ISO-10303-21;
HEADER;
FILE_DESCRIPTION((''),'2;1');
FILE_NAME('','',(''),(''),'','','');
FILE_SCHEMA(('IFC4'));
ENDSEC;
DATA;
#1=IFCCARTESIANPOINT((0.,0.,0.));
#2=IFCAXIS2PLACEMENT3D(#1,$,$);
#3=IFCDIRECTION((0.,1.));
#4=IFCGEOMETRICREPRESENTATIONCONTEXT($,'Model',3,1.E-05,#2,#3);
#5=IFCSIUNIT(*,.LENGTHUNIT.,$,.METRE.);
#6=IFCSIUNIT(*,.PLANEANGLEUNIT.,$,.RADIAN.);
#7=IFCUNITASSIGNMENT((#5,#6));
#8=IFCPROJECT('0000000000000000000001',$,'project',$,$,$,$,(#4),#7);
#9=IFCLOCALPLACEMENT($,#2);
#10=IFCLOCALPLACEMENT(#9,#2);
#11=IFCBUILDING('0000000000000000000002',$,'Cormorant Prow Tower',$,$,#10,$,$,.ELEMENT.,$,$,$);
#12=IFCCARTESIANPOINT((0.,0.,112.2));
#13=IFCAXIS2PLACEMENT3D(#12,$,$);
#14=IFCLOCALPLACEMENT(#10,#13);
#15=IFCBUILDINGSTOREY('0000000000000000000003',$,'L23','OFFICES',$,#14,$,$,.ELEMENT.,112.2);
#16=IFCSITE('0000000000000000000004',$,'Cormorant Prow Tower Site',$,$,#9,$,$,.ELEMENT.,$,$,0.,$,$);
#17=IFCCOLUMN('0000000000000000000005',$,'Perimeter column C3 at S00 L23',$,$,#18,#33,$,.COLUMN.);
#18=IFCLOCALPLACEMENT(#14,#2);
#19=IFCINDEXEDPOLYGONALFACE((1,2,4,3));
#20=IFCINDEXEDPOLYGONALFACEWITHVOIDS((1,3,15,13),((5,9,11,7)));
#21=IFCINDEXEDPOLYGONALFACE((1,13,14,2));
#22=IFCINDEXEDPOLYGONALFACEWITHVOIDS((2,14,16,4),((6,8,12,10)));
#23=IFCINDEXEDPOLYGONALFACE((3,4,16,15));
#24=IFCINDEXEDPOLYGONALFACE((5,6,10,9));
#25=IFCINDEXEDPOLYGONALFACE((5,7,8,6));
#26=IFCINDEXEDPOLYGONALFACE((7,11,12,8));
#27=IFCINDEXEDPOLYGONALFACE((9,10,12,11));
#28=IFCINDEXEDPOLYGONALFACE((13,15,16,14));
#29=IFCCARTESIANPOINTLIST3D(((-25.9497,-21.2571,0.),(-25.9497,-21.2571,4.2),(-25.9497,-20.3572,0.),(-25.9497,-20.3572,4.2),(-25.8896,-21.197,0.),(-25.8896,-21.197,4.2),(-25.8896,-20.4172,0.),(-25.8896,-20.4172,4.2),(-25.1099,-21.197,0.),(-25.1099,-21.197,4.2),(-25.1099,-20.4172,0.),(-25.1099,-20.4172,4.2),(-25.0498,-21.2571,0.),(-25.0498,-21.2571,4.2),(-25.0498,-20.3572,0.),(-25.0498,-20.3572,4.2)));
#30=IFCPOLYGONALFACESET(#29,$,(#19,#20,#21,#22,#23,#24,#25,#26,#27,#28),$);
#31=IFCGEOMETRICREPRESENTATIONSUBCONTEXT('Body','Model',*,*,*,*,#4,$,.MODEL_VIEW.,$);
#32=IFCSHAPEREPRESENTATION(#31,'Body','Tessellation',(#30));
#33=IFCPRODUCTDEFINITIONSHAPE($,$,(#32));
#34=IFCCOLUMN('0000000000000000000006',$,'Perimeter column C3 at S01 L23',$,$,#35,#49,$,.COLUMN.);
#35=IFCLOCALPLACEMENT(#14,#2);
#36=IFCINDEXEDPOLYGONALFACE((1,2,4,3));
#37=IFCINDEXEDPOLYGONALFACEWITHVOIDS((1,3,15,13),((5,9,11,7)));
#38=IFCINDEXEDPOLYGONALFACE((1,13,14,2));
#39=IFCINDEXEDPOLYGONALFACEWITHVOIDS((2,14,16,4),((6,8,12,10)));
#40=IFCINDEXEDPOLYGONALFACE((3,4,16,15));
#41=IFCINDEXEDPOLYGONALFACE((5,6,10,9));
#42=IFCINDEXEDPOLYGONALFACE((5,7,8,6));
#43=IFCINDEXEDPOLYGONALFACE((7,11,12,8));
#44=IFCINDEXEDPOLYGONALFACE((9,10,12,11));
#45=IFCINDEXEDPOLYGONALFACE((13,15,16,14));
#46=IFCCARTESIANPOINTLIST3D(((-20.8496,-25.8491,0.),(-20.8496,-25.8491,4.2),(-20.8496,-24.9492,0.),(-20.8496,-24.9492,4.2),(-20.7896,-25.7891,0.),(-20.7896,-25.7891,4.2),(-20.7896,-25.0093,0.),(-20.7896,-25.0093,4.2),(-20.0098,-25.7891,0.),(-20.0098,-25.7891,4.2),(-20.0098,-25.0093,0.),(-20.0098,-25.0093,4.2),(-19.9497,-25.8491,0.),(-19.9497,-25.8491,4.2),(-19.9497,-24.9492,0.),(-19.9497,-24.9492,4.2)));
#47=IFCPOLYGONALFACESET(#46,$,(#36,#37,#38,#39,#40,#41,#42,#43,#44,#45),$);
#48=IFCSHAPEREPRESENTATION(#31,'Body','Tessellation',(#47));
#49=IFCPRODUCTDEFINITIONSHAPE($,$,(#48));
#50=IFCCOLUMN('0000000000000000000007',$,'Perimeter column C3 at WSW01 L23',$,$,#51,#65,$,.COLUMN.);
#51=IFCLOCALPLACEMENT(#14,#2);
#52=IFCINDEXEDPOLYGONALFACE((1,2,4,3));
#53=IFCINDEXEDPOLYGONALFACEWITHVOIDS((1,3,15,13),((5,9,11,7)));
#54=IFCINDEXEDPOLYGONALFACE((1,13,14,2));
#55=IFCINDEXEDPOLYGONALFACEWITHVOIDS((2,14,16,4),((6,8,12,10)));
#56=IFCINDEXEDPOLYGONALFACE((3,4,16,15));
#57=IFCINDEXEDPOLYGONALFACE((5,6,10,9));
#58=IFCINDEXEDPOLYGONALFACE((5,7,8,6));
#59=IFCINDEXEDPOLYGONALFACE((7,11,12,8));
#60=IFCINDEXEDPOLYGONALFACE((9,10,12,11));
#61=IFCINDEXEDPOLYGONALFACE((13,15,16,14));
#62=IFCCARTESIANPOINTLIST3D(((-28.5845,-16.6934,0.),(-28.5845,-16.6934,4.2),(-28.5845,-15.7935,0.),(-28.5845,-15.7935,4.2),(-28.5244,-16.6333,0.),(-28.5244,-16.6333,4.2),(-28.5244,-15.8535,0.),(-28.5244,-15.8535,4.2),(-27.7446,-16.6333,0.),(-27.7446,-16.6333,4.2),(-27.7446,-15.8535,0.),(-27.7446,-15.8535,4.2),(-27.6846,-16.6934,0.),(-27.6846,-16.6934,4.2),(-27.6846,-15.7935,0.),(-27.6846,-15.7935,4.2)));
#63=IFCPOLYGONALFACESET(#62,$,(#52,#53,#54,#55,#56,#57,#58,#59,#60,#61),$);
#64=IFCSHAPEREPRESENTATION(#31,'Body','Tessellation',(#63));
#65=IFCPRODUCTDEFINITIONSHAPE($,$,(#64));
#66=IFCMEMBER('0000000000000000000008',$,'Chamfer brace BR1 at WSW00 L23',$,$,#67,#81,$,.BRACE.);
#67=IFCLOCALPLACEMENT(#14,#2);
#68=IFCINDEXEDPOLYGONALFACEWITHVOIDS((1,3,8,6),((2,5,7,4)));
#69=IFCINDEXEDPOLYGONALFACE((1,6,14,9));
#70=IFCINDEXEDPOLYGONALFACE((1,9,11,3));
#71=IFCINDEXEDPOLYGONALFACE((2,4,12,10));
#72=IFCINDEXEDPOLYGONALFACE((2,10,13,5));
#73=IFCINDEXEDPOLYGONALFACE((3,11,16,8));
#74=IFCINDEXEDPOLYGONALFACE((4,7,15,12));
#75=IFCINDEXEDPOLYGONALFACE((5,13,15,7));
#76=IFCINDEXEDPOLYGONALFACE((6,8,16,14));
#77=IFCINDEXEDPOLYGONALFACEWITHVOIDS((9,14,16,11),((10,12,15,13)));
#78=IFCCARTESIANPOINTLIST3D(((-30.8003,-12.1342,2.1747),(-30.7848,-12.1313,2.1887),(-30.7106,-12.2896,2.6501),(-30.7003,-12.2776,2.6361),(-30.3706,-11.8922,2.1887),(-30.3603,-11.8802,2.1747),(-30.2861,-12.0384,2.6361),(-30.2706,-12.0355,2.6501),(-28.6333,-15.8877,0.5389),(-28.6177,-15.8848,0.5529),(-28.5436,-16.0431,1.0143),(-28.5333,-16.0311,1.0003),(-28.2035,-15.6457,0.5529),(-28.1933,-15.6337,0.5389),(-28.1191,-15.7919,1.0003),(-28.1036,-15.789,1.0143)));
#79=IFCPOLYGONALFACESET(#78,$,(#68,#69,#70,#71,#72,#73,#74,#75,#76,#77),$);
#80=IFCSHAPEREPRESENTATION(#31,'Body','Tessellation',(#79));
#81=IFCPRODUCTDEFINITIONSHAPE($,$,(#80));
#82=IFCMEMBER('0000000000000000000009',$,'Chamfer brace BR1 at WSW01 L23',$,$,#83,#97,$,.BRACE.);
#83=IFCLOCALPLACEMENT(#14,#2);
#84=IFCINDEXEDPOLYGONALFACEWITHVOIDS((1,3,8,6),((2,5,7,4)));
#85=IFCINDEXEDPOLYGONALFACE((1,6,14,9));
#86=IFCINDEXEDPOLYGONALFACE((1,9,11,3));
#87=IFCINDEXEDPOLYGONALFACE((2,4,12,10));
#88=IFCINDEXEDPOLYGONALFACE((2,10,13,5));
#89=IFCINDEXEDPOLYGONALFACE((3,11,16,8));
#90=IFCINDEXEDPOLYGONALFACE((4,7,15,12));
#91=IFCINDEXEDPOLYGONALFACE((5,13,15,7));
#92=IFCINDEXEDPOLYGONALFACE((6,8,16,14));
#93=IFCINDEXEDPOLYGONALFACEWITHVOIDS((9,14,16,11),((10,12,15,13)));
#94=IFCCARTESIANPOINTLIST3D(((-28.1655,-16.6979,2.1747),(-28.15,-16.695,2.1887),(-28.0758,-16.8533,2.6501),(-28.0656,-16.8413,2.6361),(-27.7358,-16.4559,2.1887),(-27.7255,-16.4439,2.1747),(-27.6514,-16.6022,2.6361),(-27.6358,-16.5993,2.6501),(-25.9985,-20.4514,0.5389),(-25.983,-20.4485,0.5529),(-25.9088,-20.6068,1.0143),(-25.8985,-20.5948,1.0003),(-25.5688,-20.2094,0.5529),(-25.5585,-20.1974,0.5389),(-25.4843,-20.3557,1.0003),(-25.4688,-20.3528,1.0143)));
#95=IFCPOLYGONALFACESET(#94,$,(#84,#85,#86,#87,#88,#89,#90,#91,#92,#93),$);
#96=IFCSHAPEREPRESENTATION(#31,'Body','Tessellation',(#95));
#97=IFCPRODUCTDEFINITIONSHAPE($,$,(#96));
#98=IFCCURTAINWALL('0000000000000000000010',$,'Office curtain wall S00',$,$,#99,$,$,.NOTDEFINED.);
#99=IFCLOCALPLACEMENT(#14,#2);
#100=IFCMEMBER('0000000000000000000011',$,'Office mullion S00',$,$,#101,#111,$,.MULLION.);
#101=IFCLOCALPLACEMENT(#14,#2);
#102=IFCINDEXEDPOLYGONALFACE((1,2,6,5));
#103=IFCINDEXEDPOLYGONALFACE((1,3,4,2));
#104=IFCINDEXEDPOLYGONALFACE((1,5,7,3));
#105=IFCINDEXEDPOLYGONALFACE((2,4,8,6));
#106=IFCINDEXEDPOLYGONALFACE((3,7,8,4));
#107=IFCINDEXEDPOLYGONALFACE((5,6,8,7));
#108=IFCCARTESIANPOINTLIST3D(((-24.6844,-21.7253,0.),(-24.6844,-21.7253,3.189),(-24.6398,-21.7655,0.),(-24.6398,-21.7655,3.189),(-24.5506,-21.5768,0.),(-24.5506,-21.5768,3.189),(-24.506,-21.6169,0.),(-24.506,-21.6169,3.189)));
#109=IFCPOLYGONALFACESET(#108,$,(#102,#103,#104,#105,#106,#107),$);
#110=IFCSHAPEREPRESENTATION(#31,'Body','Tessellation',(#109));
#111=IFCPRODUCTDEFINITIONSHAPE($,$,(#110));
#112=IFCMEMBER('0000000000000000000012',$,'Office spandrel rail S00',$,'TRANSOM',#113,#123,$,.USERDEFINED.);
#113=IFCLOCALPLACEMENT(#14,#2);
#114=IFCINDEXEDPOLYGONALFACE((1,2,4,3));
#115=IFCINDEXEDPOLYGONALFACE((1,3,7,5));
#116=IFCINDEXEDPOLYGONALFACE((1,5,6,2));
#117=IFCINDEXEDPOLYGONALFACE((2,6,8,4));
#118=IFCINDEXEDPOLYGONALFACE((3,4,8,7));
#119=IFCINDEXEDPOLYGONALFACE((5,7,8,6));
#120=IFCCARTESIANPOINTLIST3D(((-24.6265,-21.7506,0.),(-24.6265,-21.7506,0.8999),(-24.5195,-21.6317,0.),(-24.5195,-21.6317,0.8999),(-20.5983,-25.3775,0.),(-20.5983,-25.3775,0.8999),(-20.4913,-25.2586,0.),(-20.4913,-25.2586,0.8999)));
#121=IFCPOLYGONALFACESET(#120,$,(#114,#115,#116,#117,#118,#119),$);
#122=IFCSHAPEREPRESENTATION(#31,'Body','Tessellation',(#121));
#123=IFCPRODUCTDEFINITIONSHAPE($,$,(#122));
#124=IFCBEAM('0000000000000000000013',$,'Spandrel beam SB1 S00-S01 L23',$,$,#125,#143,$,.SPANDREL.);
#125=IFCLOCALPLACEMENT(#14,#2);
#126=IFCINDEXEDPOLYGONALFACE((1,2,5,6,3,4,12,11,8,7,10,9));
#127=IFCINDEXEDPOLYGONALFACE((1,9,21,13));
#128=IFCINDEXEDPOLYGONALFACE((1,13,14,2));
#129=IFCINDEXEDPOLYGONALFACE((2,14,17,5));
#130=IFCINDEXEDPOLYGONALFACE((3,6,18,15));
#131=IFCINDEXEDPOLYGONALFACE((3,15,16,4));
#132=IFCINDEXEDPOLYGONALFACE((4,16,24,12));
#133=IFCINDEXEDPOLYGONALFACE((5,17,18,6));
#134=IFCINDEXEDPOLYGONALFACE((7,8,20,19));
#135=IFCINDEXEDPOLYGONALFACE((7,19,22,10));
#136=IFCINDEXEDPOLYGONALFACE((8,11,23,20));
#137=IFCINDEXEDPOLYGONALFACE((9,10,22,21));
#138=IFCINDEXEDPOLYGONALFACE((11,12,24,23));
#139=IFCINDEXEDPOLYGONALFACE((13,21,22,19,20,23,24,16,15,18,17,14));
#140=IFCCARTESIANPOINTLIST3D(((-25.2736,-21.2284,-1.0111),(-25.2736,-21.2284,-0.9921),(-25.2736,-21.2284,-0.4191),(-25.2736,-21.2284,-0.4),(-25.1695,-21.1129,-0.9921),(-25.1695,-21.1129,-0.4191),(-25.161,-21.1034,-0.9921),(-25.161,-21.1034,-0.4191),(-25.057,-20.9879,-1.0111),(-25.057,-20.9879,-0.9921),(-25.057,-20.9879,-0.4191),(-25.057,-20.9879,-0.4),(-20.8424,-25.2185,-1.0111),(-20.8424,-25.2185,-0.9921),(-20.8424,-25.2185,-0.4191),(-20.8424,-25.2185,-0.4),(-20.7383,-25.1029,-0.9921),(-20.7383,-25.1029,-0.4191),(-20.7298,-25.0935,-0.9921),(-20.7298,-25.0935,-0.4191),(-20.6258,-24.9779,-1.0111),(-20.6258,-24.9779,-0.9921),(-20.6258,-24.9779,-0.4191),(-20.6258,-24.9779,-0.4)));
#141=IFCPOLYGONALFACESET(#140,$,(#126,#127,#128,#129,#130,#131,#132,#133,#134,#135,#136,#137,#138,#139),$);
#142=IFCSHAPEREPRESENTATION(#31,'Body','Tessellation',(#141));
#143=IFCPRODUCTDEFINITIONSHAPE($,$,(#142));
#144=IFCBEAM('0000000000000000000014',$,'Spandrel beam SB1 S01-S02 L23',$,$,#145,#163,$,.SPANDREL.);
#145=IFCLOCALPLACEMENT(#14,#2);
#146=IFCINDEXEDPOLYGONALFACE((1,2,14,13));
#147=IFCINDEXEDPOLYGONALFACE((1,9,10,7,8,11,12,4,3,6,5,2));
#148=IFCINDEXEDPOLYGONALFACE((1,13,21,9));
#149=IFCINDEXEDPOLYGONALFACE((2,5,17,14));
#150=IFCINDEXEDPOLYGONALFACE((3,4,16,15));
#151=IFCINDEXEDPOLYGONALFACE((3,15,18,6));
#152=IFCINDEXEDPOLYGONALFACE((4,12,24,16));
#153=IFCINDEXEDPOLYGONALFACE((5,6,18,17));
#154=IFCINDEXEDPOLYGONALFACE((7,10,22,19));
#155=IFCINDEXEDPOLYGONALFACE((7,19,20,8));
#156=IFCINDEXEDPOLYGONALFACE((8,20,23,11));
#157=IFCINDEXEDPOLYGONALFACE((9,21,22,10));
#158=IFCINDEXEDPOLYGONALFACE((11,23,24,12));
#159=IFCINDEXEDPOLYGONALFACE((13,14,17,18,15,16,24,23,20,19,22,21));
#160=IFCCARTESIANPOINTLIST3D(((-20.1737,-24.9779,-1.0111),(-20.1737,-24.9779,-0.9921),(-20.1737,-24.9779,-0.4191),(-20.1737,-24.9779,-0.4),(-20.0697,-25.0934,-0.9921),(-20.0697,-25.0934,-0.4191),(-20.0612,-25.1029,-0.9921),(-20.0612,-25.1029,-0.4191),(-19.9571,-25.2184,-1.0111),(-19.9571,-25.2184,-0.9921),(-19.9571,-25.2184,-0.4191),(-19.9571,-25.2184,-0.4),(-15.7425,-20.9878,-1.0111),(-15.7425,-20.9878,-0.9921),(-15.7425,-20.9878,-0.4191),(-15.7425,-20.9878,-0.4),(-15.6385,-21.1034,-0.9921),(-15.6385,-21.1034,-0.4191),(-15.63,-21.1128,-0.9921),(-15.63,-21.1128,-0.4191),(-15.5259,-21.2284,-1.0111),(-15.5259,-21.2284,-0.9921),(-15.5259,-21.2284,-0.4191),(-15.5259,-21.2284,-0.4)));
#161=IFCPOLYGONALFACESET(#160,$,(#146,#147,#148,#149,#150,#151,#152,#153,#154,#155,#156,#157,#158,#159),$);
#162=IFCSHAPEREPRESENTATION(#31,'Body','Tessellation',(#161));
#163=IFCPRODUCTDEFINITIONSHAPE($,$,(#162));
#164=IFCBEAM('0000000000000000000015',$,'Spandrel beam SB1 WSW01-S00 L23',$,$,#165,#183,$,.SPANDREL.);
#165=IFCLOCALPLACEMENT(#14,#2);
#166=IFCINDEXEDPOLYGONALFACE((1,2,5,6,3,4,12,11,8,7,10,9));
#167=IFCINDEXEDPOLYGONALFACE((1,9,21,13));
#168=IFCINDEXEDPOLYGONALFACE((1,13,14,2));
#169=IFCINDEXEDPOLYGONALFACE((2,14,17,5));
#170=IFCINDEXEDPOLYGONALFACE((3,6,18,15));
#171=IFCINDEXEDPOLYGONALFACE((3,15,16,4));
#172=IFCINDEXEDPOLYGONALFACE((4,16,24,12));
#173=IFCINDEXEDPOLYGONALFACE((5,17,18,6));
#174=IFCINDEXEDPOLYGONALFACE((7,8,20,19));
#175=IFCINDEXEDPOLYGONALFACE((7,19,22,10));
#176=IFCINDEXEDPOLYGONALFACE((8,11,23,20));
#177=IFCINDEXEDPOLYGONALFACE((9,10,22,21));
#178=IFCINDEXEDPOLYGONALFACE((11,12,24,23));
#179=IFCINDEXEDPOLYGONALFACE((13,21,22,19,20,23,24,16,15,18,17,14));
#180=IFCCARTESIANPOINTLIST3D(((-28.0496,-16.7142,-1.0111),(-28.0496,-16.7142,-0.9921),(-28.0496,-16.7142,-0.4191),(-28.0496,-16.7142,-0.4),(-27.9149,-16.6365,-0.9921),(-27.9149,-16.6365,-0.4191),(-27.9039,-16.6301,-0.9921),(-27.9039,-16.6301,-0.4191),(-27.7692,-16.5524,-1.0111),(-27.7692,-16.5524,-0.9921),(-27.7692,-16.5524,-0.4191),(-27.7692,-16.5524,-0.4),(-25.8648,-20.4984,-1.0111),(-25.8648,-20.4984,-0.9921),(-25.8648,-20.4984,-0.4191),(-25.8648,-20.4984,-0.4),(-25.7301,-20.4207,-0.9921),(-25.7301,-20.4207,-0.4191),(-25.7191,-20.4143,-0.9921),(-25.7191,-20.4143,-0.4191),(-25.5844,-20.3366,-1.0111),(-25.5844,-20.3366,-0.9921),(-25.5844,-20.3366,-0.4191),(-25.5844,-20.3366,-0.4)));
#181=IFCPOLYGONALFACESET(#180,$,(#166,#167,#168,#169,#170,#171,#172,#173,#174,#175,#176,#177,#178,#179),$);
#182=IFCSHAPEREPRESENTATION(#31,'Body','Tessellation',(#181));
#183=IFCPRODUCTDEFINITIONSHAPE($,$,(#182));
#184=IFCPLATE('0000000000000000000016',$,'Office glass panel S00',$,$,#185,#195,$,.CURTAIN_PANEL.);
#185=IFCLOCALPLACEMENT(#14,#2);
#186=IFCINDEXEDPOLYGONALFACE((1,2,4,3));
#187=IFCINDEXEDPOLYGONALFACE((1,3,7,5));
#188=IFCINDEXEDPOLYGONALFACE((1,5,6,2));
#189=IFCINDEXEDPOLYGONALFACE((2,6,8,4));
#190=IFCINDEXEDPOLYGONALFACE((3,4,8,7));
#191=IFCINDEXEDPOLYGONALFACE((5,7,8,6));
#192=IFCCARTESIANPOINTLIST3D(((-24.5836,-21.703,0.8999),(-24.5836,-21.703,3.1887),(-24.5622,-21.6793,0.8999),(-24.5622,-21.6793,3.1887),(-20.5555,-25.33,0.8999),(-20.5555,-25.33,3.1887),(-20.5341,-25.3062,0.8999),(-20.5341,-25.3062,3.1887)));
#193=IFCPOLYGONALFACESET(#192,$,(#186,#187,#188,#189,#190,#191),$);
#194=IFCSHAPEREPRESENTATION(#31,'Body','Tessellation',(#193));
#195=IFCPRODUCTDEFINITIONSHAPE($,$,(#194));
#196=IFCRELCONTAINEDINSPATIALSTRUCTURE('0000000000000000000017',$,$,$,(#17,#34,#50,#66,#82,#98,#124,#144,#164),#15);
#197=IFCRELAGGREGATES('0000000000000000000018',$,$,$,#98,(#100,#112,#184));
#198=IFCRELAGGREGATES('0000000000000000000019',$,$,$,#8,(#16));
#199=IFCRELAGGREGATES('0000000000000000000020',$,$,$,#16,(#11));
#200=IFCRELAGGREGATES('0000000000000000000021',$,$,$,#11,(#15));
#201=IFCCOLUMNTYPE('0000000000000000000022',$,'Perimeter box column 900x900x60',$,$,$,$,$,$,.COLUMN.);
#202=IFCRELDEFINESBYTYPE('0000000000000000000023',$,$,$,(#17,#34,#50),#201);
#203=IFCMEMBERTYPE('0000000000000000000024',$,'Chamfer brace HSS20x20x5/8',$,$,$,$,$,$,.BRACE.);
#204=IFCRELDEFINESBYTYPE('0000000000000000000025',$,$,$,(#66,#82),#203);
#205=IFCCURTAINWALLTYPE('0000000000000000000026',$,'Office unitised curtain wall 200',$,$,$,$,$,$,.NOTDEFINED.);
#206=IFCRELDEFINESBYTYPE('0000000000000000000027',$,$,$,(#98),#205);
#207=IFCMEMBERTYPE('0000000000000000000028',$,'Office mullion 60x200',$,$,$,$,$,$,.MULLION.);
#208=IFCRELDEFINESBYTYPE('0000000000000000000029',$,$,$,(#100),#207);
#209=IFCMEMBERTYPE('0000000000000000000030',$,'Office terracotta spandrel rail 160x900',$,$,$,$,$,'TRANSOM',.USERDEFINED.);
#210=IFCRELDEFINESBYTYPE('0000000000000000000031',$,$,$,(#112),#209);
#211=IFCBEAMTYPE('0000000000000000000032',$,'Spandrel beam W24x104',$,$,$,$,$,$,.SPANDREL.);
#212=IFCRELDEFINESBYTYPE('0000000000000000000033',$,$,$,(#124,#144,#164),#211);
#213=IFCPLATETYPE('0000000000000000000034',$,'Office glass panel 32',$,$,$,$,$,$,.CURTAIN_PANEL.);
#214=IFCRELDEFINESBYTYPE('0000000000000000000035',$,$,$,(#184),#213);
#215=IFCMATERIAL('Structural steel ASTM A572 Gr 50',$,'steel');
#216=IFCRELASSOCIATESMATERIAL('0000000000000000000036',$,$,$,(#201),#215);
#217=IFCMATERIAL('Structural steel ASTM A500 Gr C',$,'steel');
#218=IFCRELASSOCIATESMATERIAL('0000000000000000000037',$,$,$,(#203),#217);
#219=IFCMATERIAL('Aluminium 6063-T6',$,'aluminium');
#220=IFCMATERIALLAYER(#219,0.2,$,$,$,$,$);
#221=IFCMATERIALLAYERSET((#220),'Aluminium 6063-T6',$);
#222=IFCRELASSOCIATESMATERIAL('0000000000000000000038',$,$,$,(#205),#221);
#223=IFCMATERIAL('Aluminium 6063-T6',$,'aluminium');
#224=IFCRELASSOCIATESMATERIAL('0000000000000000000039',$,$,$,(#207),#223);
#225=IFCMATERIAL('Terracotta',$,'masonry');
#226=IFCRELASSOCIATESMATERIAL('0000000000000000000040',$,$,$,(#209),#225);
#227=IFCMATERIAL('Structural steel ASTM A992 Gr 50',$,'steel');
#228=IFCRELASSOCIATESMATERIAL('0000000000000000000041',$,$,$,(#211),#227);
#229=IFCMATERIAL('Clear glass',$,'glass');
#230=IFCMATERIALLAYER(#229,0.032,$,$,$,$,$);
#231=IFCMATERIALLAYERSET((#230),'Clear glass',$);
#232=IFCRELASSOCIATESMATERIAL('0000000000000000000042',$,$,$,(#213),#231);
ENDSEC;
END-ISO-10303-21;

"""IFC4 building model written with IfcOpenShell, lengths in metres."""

from ifc_helpers import new_model, si_unit, direction, frame, origin, origin_2d, place, context, subcontext, project, spatial, rectangle, hollow_rectangle, i_section, extrude, material, layer, layer_set, material_profile, profile_set, type_object, element, aggregate, save


model = new_model("IFC4")

# Units and contexts
model_context = context("Model", 3, precision=1e-05, world=origin(), true_north=direction((0.0, 1.0)))
body_context = subcontext(model_context, "Body", "Model", "MODEL_VIEW")
ifc_project = project(units=[si_unit("LENGTHUNIT", "METRE"), si_unit("PLANEANGLEUNIT", "RADIAN")], contexts=[model_context])

# Site, building, storey
site_placement = place(None, origin())
site = spatial("IfcSite", under=ifc_project, at=site_placement, Name="Cormorant Prow Tower Site", CompositionType="ELEMENT", RefElevation=0.0)
building_placement = place(site_placement, origin())
building = spatial("IfcBuilding", under=site, at=building_placement, Name="Cormorant Prow Tower", CompositionType="ELEMENT")
storey_placement = place(building_placement, frame((0.0, 0.0, 112.2)))
storey = spatial("IfcBuildingStorey", under=building, at=storey_placement, Name="L23", Description="OFFICES", CompositionType="ELEMENT", Elevation=112.2)

# Columns
ifc_material_1 = material(Name="Structural steel ASTM A572 Gr 50", Category="steel")
ifc_material_profile_1 = material_profile(ifc_material_1, hollow_rectangle(XDim=0.8999, YDim=0.8999, WallThickness=0.0601, at=origin_2d()), Name="Box 900x900x60")
ifc_profile_set_1 = profile_set([ifc_material_profile_1], Name="Structural steel ASTM A572 Gr 50")
column_type = type_object("IfcColumnType", Name="Perimeter box column 900x900x60", PredefinedType="COLUMN", material=ifc_profile_set_1)
for number, where, z_axis, x_axis, name in (
    (1, (-25.4998, -20.8071, 0.0), (0.0, 0.0, 1.0), (1.0, 0.0, 0.0), "Perimeter column C3 at S00 L23"),
    (2, (-20.3997, -25.3992, 0.0), (0.0, 0.0, 1.0), (1.0, 0.0, 0.0), "Perimeter column C3 at S01 L23"),
    (3, (-28.1345, -16.2434, 0.0), (0.0, 0.0, 1.0), (1.0, 0.0, 0.0), "Perimeter column C3 at WSW01 L23"),
):
    element("IfcColumn", number, at=place(storey_placement, frame(where, z_axis=z_axis, x_axis=x_axis)), inside=storey, type_object=column_type, Name=name, PredefinedType="COLUMN", context=body_context, shape_type="SweptSolid", body=[
        extrude(hollow_rectangle(XDim=0.8999, YDim=0.8999, WallThickness=0.0601, at=origin_2d()), origin(), (0.0, 0.0, 1.0), 4.2),
    ])

# Members
ifc_material_2 = material(Name="Structural steel ASTM A500 Gr C", Category="steel")
ifc_material_profile_2 = material_profile(ifc_material_2, hollow_rectangle(XDim=0.5081, YDim=0.5081, WallThickness=0.0149, at=origin_2d()), Name="HSS20x20x5/8")
ifc_profile_set_2 = profile_set([ifc_material_profile_2], Name="Structural steel ASTM A500 Gr C")
member_type_1 = type_object("IfcMemberType", Name="Chamfer brace HSS20x20x5/8", PredefinedType="BRACE", material=ifc_profile_set_2)
for number, where, z_axis, x_axis, name in (
    (4, (-28.3684, -15.8384, 0.7766), (-0.467785, 0.810244, 0.353105), (-0.86603, -0.499992, 0.0), "Chamfer brace BR1 at WSW00 L23"),
    (5, (-25.7336, -20.4021, 0.7766), (-0.467785, 0.810244, 0.353105), (-0.86603, -0.499992, 0.0), "Chamfer brace BR1 at WSW01 L23"),
):
    element("IfcMember", number, at=place(storey_placement, frame(where, z_axis=z_axis, x_axis=x_axis)), inside=storey, type_object=member_type_1, Name=name, PredefinedType="BRACE", context=body_context, shape_type="SweptSolid", body=[
        extrude(hollow_rectangle(XDim=0.5081, YDim=0.5081, WallThickness=0.0149, at=origin_2d()), origin(), (0.0, 0.0, 1.0), 4.6326),
    ])

# Curtain wall, members
ifc_material_3 = material(Name="Aluminium 6063-T6", Category="aluminium")
ifc_layer_1 = layer(ifc_material_3, 0.2)
ifc_layer_set_1 = layer_set([ifc_layer_1], Name="Aluminium 6063-T6")
curtain_wall_type = type_object("IfcCurtainWallType", Name="Office unitised curtain wall 200", PredefinedType="NOTDEFINED", material=ifc_layer_set_1)
curtain_wall_placement = place(storey_placement, origin())
curtain_wall = element("IfcCurtainWall", 6, at=curtain_wall_placement, inside=storey, type_object=curtain_wall_type, Name="Office curtain wall S00", PredefinedType="NOTDEFINED")
ifc_material_4 = material(Name="Aluminium 6063-T6", Category="aluminium")
ifc_material_profile_3 = material_profile(ifc_material_4, rectangle(XDim=0.2, YDim=0.0601, at=origin_2d()), Name="Office mullion 60x200")
ifc_profile_set_3 = profile_set([ifc_material_profile_3], Name="Aluminium 6063-T6")
member_type_2 = type_object("IfcMemberType", Name="Office mullion 60x200", PredefinedType="MULLION", material=ifc_profile_set_3)
member_1_placement = place(storey_placement, frame((-24.5952, -21.6711, 0.0), z_axis=(0.0, 0.0, 1.0), x_axis=(0.669131, 0.743145, 0.0)))
member_1 = element("IfcMember", 7, at=member_1_placement, type_object=member_type_2, Name="Office mullion S00", PredefinedType="MULLION", context=body_context, shape_type="SweptSolid", body=[
    extrude(rectangle(XDim=0.2, YDim=0.0601, at=origin_2d()), origin(), (0.0, 0.0, 1.0), 3.189),
])
ifc_material_5 = material(Name="Terracotta", Category="masonry")
ifc_material_profile_4 = material_profile(ifc_material_5, rectangle(XDim=0.1599, YDim=0.8999, at=origin_2d()), Name="Office terracotta spandrel rail 160x900")
ifc_profile_set_4 = profile_set([ifc_material_profile_4], Name="Terracotta")
member_type_3 = type_object("IfcMemberType", Name="Office terracotta spandrel rail 160x900", ElementType="TRANSOM", PredefinedType="USERDEFINED", material=ifc_profile_set_4)
member_2_placement = place(storey_placement, frame((-24.573, -21.6912, 0.45), z_axis=(0.74316, -0.669114, 0.0), x_axis=(0.669114, 0.74316, 0.0)))
member_2 = element("IfcMember", 8, at=member_2_placement, type_object=member_type_3, Name="Office spandrel rail S00", ObjectType="TRANSOM", PredefinedType="USERDEFINED", context=body_context, shape_type="SweptSolid", body=[
    extrude(rectangle(XDim=0.1599, YDim=0.8999, at=origin_2d()), origin(), (0.0, 0.0, 1.0), 5.4204),
])

# Beams
ifc_material_6 = material(Name="Structural steel ASTM A992 Gr 50", Category="steel")
ifc_material_profile_5 = material_profile(ifc_material_6, i_section(OverallWidth=0.3237, OverallDepth=0.6111, WebThickness=0.0127, FlangeThickness=0.019, at=origin_2d()), Name="W24x104")
ifc_profile_set_5 = profile_set([ifc_material_profile_5], Name="Structural steel ASTM A992 Gr 50")
beam_type = type_object("IfcBeamType", Name="Spandrel beam W24x104", PredefinedType="SPANDREL", material=ifc_profile_set_5)
for number, where, z_axis, x_axis, name in (
    (9, (-25.1653, -21.1082, -0.7056), (0.743131, -0.669146, 0.0), (0.669146, 0.743131, 0.0), "Spandrel beam SB1 S00-S01 L23"),
    (10, (-20.0654, -25.0981, -0.7056), (0.743131, 0.669146, 0.0), (-0.669146, 0.743131, 0.0), "Spandrel beam SB1 S01-S02 L23"),
):
    element("IfcBeam", number, at=place(storey_placement, frame(where, z_axis=z_axis, x_axis=x_axis)), inside=storey, type_object=beam_type, Name=name, PredefinedType="SPANDREL", context=body_context, shape_type="SweptSolid", body=[
        extrude(i_section(OverallWidth=0.3237, OverallDepth=0.6111, WebThickness=0.0127, FlangeThickness=0.019, at=origin_2d()), origin(), (0.0, 0.0, 1.0), 5.9629),
    ])
beam_placement = place(storey_placement, frame((-27.9094, -16.6333, -0.7056), z_axis=(0.500003, -0.866024, 0.0), x_axis=(0.866024, 0.500003, 0.0)))
element("IfcBeam", 11, at=beam_placement, inside=storey, type_object=beam_type, Name="Spandrel beam SB1 WSW01-S00 L23", PredefinedType="SPANDREL", context=body_context, shape_type="SweptSolid", body=[
    extrude(i_section(OverallWidth=0.3237, OverallDepth=0.6111, WebThickness=0.0127, FlangeThickness=0.019, at=origin_2d()), origin(), (0.0, 0.0, 1.0), 4.3696),
])

# Plate
ifc_material_7 = material(Name="Clear glass", Category="glass")
ifc_layer_2 = layer(ifc_material_7, 0.032)
ifc_layer_set_2 = layer_set([ifc_layer_2], Name="Clear glass")
plate_type = type_object("IfcPlateType", Name="Office glass panel 32", PredefinedType="CURTAIN_PANEL", material=ifc_layer_set_2)
plate_placement = place(storey_placement, frame((-22.5588, -23.5046, 0.8999), z_axis=(0.0, 0.0, 1.0), x_axis=(0.743145, -0.669131, 0.0)))
plate = element("IfcPlate", 12, at=plate_placement, type_object=plate_type, Name="Office glass panel S00", PredefinedType="CURTAIN_PANEL", context=body_context, shape_type="SweptSolid", body=[
    extrude(rectangle(XDim=5.4204, YDim=0.032, at=origin_2d()), origin(), (0.0, 0.0, 1.0), 2.2888),
])
aggregate(curtain_wall, [member_1, member_2, plate])

save(model, "model.ifc")
